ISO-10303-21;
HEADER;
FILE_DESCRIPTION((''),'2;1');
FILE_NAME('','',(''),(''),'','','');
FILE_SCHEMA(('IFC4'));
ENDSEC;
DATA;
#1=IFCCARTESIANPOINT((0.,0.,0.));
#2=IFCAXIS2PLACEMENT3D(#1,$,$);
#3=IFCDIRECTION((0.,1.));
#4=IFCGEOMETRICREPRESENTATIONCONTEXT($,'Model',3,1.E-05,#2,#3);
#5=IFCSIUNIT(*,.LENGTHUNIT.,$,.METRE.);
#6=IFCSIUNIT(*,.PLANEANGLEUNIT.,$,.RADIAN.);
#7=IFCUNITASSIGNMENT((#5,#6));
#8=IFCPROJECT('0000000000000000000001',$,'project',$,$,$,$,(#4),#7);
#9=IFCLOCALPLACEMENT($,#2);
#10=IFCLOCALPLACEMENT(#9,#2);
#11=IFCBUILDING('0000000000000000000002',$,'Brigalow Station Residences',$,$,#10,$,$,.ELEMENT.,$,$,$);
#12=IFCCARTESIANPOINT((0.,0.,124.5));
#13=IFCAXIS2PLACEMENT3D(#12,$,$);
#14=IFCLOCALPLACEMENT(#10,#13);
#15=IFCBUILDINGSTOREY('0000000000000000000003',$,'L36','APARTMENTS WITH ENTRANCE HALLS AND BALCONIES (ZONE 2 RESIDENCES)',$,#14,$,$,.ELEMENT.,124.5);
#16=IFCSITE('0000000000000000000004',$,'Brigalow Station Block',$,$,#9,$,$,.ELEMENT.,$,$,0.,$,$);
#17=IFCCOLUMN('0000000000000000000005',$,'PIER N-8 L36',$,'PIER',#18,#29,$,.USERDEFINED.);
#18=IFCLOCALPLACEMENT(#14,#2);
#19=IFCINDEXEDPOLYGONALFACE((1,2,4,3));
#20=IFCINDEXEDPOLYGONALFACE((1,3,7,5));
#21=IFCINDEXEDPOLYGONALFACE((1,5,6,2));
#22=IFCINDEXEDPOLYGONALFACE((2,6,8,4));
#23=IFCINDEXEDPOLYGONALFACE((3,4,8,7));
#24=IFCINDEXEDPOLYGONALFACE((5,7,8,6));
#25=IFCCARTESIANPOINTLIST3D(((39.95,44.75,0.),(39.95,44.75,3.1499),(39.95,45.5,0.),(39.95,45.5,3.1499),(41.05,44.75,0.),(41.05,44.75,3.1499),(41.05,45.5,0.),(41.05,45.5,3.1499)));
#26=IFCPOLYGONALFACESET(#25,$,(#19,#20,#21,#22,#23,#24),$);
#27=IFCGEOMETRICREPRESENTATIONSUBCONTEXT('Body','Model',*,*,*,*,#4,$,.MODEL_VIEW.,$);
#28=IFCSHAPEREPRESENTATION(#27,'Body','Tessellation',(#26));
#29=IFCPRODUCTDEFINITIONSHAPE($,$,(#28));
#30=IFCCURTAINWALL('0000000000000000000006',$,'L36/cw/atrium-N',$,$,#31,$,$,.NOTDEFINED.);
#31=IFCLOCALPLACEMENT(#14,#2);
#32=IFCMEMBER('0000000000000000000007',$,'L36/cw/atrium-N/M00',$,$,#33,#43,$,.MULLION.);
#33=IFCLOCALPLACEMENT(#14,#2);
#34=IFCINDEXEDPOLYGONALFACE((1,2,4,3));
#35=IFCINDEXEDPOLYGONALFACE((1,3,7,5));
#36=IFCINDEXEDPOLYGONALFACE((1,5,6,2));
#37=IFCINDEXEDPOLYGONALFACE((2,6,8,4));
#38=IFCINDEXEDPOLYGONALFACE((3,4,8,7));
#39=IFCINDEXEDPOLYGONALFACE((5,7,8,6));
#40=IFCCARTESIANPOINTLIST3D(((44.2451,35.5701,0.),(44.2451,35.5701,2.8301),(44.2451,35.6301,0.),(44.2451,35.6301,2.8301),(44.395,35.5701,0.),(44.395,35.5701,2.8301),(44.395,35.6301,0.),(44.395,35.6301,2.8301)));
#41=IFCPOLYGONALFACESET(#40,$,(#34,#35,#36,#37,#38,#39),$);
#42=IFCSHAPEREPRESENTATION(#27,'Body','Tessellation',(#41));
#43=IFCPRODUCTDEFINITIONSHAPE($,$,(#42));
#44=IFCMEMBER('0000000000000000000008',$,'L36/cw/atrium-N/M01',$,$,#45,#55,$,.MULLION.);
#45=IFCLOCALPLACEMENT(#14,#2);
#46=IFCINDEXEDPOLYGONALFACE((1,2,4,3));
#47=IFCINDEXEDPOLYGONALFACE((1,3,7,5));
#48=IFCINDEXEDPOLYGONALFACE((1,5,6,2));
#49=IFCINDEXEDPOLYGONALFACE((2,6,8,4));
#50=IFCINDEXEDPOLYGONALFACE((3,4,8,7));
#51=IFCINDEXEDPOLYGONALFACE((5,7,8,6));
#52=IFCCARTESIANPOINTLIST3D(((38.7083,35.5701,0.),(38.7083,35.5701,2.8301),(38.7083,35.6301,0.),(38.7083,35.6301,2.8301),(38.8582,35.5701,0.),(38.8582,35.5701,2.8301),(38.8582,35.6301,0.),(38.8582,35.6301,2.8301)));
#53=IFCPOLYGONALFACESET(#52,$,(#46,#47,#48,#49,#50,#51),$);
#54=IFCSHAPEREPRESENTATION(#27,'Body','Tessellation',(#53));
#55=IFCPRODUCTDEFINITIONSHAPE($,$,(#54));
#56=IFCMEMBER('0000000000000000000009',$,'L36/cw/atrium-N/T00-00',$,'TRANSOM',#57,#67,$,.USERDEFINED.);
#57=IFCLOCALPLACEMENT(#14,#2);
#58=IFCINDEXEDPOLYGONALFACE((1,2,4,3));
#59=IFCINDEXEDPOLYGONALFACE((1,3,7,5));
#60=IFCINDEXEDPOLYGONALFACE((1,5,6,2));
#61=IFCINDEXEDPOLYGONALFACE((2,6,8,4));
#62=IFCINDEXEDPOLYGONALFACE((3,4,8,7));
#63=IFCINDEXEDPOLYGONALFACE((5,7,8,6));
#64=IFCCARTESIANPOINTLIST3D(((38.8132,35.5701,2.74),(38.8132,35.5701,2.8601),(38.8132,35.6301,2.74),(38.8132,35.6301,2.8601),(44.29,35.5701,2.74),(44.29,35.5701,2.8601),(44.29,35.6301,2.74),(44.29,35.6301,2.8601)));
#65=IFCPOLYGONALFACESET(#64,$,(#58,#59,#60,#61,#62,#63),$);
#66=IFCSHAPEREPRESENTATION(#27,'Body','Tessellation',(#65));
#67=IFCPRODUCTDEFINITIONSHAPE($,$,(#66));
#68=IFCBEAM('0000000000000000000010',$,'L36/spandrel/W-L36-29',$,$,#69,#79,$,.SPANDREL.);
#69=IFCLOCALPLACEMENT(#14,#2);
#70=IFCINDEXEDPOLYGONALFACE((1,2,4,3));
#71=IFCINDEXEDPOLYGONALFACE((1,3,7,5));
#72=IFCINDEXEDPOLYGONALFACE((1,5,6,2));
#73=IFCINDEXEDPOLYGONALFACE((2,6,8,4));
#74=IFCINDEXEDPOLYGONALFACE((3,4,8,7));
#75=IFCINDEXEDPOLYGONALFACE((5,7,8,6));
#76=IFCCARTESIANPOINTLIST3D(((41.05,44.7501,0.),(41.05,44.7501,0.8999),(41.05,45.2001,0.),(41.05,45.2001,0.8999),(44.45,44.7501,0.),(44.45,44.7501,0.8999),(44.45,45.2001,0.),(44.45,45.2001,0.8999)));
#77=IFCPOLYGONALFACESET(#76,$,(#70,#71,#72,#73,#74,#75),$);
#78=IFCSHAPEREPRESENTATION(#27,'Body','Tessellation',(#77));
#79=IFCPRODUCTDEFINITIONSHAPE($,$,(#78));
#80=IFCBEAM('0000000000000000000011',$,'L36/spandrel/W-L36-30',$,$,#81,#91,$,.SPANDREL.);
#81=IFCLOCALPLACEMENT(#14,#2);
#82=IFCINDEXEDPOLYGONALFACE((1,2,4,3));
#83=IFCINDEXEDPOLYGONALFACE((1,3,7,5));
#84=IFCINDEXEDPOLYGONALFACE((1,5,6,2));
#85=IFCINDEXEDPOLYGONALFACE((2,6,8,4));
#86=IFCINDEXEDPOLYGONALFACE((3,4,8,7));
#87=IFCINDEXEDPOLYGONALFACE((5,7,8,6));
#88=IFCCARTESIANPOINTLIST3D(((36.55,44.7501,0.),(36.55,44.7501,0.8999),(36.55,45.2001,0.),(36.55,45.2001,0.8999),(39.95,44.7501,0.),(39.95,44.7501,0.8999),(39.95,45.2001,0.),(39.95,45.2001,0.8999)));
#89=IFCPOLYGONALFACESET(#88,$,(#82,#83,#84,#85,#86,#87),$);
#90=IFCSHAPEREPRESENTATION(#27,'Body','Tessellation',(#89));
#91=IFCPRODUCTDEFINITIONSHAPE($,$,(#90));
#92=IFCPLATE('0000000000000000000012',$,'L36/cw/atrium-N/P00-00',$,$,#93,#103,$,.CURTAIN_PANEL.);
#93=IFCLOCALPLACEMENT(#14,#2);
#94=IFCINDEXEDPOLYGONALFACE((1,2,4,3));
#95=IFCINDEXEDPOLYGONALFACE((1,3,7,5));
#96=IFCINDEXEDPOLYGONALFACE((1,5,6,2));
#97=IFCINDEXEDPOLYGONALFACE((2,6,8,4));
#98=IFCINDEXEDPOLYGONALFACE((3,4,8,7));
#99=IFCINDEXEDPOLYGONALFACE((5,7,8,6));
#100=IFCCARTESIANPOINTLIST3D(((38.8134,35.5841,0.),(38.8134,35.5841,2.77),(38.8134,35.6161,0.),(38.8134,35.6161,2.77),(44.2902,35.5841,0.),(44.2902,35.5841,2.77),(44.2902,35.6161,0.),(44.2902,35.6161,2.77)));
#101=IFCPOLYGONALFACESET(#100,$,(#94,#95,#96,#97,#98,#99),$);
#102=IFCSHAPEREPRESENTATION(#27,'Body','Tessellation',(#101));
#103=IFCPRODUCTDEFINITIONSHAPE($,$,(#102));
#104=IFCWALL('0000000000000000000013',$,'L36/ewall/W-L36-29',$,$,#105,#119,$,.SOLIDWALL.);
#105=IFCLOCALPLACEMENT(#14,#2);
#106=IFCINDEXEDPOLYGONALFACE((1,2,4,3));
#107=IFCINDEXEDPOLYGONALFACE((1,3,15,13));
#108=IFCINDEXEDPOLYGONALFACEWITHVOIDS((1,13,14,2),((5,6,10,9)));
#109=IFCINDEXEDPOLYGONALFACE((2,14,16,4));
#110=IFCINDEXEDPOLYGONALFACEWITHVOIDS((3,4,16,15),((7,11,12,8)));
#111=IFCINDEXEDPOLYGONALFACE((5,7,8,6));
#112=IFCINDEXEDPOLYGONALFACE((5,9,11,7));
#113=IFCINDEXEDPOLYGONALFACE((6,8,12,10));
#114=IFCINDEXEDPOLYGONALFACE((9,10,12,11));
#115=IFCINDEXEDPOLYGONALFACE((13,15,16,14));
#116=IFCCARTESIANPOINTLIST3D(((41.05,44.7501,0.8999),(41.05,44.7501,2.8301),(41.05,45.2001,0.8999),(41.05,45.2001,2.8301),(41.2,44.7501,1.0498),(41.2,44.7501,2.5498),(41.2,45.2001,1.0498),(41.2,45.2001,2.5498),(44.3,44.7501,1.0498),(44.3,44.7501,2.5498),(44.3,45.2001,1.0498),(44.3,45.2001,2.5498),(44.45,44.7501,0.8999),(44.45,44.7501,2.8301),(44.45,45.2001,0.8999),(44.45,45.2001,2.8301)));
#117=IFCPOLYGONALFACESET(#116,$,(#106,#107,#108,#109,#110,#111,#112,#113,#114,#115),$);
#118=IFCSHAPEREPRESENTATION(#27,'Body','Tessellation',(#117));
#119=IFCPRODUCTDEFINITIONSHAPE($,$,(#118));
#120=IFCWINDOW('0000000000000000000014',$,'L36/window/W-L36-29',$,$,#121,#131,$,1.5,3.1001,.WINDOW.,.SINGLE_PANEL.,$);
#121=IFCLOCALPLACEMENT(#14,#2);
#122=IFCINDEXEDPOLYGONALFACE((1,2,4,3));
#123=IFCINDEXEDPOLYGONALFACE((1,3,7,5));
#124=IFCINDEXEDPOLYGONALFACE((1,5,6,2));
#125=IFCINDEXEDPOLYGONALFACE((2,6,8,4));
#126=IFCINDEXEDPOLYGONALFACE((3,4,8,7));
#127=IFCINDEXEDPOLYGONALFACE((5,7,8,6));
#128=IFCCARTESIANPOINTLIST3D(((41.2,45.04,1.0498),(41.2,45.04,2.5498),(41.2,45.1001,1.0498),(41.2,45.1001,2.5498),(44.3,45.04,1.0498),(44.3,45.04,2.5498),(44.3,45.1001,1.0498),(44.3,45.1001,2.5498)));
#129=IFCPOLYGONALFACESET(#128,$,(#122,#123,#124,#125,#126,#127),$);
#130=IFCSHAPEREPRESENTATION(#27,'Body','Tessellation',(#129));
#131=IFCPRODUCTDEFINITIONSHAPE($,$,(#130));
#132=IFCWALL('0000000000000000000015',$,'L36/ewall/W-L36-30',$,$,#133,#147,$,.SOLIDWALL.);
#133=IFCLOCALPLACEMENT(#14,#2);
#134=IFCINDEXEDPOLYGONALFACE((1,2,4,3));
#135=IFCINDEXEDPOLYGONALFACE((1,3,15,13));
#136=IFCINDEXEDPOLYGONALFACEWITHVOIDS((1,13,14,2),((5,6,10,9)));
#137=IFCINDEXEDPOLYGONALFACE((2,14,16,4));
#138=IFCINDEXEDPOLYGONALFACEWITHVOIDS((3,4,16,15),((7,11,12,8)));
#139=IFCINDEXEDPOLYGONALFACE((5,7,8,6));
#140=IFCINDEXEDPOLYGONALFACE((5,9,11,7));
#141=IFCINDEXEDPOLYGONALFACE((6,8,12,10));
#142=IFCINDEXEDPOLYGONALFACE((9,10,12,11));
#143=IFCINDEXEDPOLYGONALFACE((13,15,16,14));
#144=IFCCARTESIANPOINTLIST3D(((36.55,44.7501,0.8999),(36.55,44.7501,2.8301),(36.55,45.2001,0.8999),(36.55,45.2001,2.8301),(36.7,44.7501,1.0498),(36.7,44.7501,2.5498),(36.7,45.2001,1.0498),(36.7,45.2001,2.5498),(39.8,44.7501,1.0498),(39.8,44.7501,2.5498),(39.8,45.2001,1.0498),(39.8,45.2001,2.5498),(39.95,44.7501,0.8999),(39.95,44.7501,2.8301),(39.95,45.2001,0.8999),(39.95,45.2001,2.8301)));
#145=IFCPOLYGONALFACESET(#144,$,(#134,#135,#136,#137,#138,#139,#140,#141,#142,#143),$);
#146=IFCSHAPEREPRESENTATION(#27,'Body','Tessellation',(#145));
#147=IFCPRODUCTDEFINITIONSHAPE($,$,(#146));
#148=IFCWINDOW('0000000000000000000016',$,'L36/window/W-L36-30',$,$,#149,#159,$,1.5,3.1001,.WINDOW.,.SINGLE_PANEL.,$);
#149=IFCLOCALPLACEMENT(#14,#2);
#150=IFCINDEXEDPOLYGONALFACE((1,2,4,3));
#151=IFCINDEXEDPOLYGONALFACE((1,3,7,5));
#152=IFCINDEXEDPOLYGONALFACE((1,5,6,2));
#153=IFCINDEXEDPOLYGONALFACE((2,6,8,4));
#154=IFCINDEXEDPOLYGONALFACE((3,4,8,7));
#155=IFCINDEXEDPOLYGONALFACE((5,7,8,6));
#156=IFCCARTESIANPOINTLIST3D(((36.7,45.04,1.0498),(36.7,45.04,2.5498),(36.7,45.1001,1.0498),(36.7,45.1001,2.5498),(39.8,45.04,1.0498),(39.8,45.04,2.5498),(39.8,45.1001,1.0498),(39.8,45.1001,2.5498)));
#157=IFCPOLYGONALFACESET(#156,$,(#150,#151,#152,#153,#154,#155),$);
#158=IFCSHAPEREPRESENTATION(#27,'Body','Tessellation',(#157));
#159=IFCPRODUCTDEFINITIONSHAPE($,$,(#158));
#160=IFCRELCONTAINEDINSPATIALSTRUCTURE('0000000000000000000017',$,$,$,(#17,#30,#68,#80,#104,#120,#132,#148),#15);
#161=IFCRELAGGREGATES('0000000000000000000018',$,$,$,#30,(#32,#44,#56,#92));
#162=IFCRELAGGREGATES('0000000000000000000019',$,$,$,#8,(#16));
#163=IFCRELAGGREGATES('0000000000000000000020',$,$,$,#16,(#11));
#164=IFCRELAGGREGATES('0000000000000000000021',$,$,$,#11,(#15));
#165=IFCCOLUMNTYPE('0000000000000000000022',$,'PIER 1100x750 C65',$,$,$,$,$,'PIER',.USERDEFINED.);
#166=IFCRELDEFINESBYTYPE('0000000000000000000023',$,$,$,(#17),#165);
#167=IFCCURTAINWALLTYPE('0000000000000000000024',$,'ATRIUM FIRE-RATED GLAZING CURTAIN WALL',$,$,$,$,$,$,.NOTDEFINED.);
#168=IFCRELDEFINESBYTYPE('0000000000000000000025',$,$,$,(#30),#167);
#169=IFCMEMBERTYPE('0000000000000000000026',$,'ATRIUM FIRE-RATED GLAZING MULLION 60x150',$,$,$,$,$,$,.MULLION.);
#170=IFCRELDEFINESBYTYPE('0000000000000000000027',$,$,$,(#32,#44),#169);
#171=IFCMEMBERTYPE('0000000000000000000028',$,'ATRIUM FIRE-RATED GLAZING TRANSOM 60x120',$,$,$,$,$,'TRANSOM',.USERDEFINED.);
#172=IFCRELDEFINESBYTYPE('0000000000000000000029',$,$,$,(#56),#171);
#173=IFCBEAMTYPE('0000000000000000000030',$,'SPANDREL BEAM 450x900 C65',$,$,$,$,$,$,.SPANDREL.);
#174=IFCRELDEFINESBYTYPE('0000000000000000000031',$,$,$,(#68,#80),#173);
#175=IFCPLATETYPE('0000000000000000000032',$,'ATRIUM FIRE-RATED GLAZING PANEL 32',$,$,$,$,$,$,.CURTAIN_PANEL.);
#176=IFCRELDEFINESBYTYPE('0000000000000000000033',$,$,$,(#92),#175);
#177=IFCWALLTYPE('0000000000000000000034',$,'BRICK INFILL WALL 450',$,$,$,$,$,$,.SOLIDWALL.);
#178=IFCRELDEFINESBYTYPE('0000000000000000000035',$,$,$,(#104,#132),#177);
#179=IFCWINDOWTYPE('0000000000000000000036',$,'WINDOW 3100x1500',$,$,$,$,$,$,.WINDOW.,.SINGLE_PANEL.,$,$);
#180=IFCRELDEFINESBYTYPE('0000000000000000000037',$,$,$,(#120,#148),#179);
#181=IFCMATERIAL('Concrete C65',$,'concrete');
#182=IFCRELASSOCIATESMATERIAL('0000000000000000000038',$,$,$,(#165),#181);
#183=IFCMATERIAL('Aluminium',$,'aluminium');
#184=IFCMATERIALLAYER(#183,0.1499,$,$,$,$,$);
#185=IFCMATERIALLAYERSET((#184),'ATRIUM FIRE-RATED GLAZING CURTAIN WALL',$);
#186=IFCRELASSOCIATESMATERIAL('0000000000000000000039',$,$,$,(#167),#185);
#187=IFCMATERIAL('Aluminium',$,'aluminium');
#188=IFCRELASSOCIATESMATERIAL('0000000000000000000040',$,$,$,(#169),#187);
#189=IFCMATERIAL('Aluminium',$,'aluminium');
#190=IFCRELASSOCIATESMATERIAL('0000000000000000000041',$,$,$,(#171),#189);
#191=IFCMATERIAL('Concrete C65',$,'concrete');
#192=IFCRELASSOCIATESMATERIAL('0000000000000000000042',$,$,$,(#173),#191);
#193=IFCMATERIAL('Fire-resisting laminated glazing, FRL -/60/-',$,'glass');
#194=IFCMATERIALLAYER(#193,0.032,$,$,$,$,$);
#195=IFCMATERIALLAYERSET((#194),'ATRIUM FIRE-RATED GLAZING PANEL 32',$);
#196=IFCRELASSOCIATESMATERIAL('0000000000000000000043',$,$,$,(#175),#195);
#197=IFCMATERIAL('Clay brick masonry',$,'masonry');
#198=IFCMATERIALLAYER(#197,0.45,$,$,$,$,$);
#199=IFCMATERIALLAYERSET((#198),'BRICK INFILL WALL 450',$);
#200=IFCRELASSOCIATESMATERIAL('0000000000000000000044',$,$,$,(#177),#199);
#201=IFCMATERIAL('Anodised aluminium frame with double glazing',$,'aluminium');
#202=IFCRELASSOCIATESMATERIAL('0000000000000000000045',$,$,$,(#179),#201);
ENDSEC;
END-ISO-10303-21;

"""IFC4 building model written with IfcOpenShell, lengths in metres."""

from ifc_helpers import new_model, si_unit, direction, frame, frame_2d, origin, origin_2d, place, context, subcontext, project, spatial, rectangle, extrude, material, layer, layer_set, material_profile, profile_set, type_object, element, fill, aggregate, save


model = new_model("IFC4")

# Units and contexts
model_context = context("Model", 3, precision=1e-05, world=origin(), true_north=direction((0.0, 1.0)))
body_context = subcontext(model_context, "Body", "Model", "MODEL_VIEW")
ifc_project = project(units=[si_unit("LENGTHUNIT", "METRE"), si_unit("PLANEANGLEUNIT", "RADIAN")], contexts=[model_context])

# Site, building, storey
site_placement = place(None, origin())
site = spatial("IfcSite", under=ifc_project, at=site_placement, Name="Brigalow Station Block", CompositionType="ELEMENT", RefElevation=0.0)
building_placement = place(site_placement, origin())
building = spatial("IfcBuilding", under=site, at=building_placement, Name="Brigalow Station Residences", CompositionType="ELEMENT")
storey_placement = place(building_placement, frame((0.0, 0.0, 124.5)))
storey = spatial("IfcBuildingStorey", under=building, at=storey_placement, Name="L36", Description="APARTMENTS WITH ENTRANCE HALLS AND BALCONIES (ZONE 2 RESIDENCES)", CompositionType="ELEMENT", Elevation=124.5)

# Column
ifc_material_1 = material(Name="Concrete C65", Category="concrete")
ifc_material_profile_1 = material_profile(ifc_material_1, rectangle(XDim=1.1001, YDim=0.75, at=origin_2d()), Name="RC1100x750")
ifc_profile_set_1 = profile_set([ifc_material_profile_1], Name="Concrete C65")
column_type = type_object("IfcColumnType", Name="PIER 1100x750 C65", ElementType="PIER", PredefinedType="USERDEFINED", material=ifc_profile_set_1)
column_placement = place(storey_placement, frame((40.5, 45.125, 0.0), z_axis=(0.0, 0.0, 1.0), x_axis=(-1.0, 0.0, 0.0)))
element("IfcColumn", 1, at=column_placement, inside=storey, type_object=column_type, Name="PIER N-8 L36", ObjectType="PIER", PredefinedType="USERDEFINED", context=body_context, shape_type="SweptSolid", body=[
    extrude(rectangle(XDim=1.1001, YDim=0.75, at=origin_2d()), origin(), (0.0, 0.0, 1.0), 3.1499),
])

# Curtain wall, members
ifc_material_2 = material(Name="Aluminium", Category="aluminium")
ifc_layer_1 = layer(ifc_material_2, 0.1499)
ifc_layer_set_1 = layer_set([ifc_layer_1], Name="ATRIUM FIRE-RATED GLAZING CURTAIN WALL")
curtain_wall_type = type_object("IfcCurtainWallType", Name="ATRIUM FIRE-RATED GLAZING CURTAIN WALL", PredefinedType="NOTDEFINED", material=ifc_layer_set_1)
curtain_wall_placement = place(storey_placement, origin())
curtain_wall = element("IfcCurtainWall", 2, at=curtain_wall_placement, inside=storey, type_object=curtain_wall_type, Name="L36/cw/atrium-N", PredefinedType="NOTDEFINED")
ifc_material_3 = material(Name="Aluminium", Category="aluminium")
ifc_material_profile_2 = material_profile(ifc_material_3, rectangle(XDim=0.0601, YDim=0.1499, at=origin_2d()), Name="ATRIUM FIRE-RATED GLAZING MULLION 60x150")
ifc_profile_set_2 = profile_set([ifc_material_profile_2], Name="Aluminium")
member_type_1 = type_object("IfcMemberType", Name="ATRIUM FIRE-RATED GLAZING MULLION 60x150", PredefinedType="MULLION", material=ifc_profile_set_2)
member_1_placement = place(storey_placement, frame((44.3201, 35.6001, 0.0), z_axis=(0.0, 0.0, 1.0), x_axis=(0.0, -1.0, 0.0)))
member_1 = element("IfcMember", 3, at=member_1_placement, type_object=member_type_1, Name="L36/cw/atrium-N/M00", PredefinedType="MULLION", context=body_context, shape_type="SweptSolid", body=[
    extrude(rectangle(XDim=0.0601, YDim=0.1499, at=origin_2d()), origin(), (0.0, 0.0, 1.0), 2.8301),
])
member_2_placement = place(storey_placement, frame((38.7832, 35.6001, 0.0), z_axis=(0.0, 0.0, 1.0), x_axis=(0.0, -1.0, 0.0)))
member_2 = element("IfcMember", 4, at=member_2_placement, type_object=member_type_1, Name="L36/cw/atrium-N/M01", PredefinedType="MULLION", context=body_context, shape_type="SweptSolid", body=[
    extrude(rectangle(XDim=0.0601, YDim=0.1499, at=origin_2d()), origin(), (0.0, 0.0, 1.0), 2.8301),
])
ifc_material_4 = material(Name="Aluminium", Category="aluminium")
ifc_material_profile_3 = material_profile(ifc_material_4, rectangle(XDim=0.0601, YDim=0.1201, at=origin_2d()), Name="ATRIUM FIRE-RATED GLAZING TRANSOM 60x120")
ifc_profile_set_3 = profile_set([ifc_material_profile_3], Name="Aluminium")
member_type_2 = type_object("IfcMemberType", Name="ATRIUM FIRE-RATED GLAZING TRANSOM 60x120", ElementType="TRANSOM", PredefinedType="USERDEFINED", material=ifc_profile_set_3)
member_3_placement = place(storey_placement, frame((44.29, 35.6001, 2.8), z_axis=(-1.0, 0.0, 0.0), x_axis=(0.0, -1.0, 0.0)))
member_3 = element("IfcMember", 5, at=member_3_placement, type_object=member_type_2, Name="L36/cw/atrium-N/T00-00", ObjectType="TRANSOM", PredefinedType="USERDEFINED", context=body_context, shape_type="SweptSolid", body=[
    extrude(rectangle(XDim=0.0601, YDim=0.1201, at=origin_2d()), origin(), (0.0, 0.0, 1.0), 5.4768),
])

# Beams
ifc_material_5 = material(Name="Concrete C65", Category="concrete")
ifc_material_profile_4 = material_profile(ifc_material_5, rectangle(XDim=0.45, YDim=0.8999, at=origin_2d()), Name="RC450x900")
ifc_profile_set_4 = profile_set([ifc_material_profile_4], Name="Concrete C65")
beam_type = type_object("IfcBeamType", Name="SPANDREL BEAM 450x900 C65", PredefinedType="SPANDREL", material=ifc_profile_set_4)
for number, where, z_axis, x_axis, name in (
    (6, (44.45, 44.9751, 0.45), (-1.0, 0.0, 0.0), (0.0, -1.0, 0.0), "L36/spandrel/W-L36-29"),
    (7, (39.95, 44.9751, 0.45), (-1.0, 0.0, 0.0), (0.0, -1.0, 0.0), "L36/spandrel/W-L36-30"),
):
    element("IfcBeam", number, at=place(storey_placement, frame(where, z_axis=z_axis, x_axis=x_axis)), inside=storey, type_object=beam_type, Name=name, PredefinedType="SPANDREL", context=body_context, shape_type="SweptSolid", body=[
        extrude(rectangle(XDim=0.45, YDim=0.8999, at=origin_2d()), origin(), (0.0, 0.0, 1.0), 3.3999),
    ])

# Plate
ifc_material_6 = material(Name="Fire-resisting laminated glazing, FRL -/60/-", Category="glass")
ifc_layer_2 = layer(ifc_material_6, 0.032)
ifc_layer_set_2 = layer_set([ifc_layer_2], Name="ATRIUM FIRE-RATED GLAZING PANEL 32")
plate_type = type_object("IfcPlateType", Name="ATRIUM FIRE-RATED GLAZING PANEL 32", PredefinedType="CURTAIN_PANEL", material=ifc_layer_set_2)
plate_placement = place(storey_placement, frame((41.5518, 35.6001, 0.0), z_axis=(0.0, 0.0, 1.0), x_axis=(-1.0, 0.0, 0.0)))
plate = element("IfcPlate", 8, at=plate_placement, type_object=plate_type, Name="L36/cw/atrium-N/P00-00", PredefinedType="CURTAIN_PANEL", context=body_context, shape_type="SweptSolid", body=[
    extrude(rectangle(XDim=5.4768, YDim=0.032, at=origin_2d()), origin(), (0.0, 0.0, 1.0), 2.77),
])
aggregate(curtain_wall, [member_1, member_2, member_3, plate])

# Walls, openings, windows
ifc_material_7 = material(Name="Clay brick masonry", Category="masonry")
ifc_layer_3 = layer(ifc_material_7, 0.45)
ifc_layer_set_3 = layer_set([ifc_layer_3], Name="BRICK INFILL WALL 450")
wall_type_1 = type_object("IfcWallType", Name="BRICK INFILL WALL 450", PredefinedType="SOLIDWALL", material=ifc_layer_set_3)
wall_1_placement = place(storey_placement, frame((44.45, 44.9751, 0.8999), z_axis=(0.0, 0.0, 1.0), x_axis=(-1.0, 0.0, 0.0)))
wall_1 = element("IfcWall", 9, at=wall_1_placement, inside=storey, type_object=wall_type_1, Name="L36/ewall/W-L36-29", PredefinedType="SOLIDWALL", context=body_context, shape_type="SweptSolid", body=[
    extrude(rectangle(XDim=3.3999, YDim=0.45, at=frame_2d((1.7, 0.0))), origin(), (0.0, 0.0, 1.0), 1.9302),
])
opening_1_placement = place(wall_1_placement, frame((0.1499, 0.0, 0.1499)))
opening_1 = element("IfcOpeningElement", 10, at=opening_1_placement, cuts=wall_1, PredefinedType="OPENING", context=body_context, shape_type="SweptSolid", body=[
    extrude(rectangle(XDim=3.1001, YDim=1.5, at=frame_2d((1.55, 0.75))), frame((0.0, 0.2349, 0.0), z_axis=(0.0, -1.0, 0.0), x_axis=(1.0, 0.0, 0.0)), (0.0, 0.0, 1.0), 0.47),
])
ifc_material_8 = material(Name="Anodised aluminium frame with double glazing", Category="aluminium")
window_type = type_object("IfcWindowType", Name="WINDOW 3100x1500", PartitioningType="SINGLE_PANEL", PredefinedType="WINDOW", material=ifc_material_8)
window_1_placement = place(opening_1_placement, origin())
window_1 = element("IfcWindow", 11, at=window_1_placement, inside=storey, type_object=window_type, Name="L36/window/W-L36-29", OverallHeight=1.5, OverallWidth=3.1001, PartitioningType="SINGLE_PANEL", PredefinedType="WINDOW", context=body_context, shape_type="SweptSolid", body=[
    extrude(rectangle(XDim=3.1001, YDim=1.5, at=frame_2d((1.55, 0.75))), frame((0.0, -0.0649, 0.0), z_axis=(0.0, -1.0, 0.0), x_axis=(1.0, 0.0, 0.0)), (0.0, 0.0, 1.0), 0.0601),
])
fill(opening_1, window_1)
wall_2_placement = place(storey_placement, frame((39.95, 44.9751, 0.8999), z_axis=(0.0, 0.0, 1.0), x_axis=(-1.0, 0.0, 0.0)))
wall_2 = element("IfcWall", 12, at=wall_2_placement, inside=storey, type_object=wall_type_1, Name="L36/ewall/W-L36-30", PredefinedType="SOLIDWALL", context=body_context, shape_type="SweptSolid", body=[
    extrude(rectangle(XDim=3.3999, YDim=0.45, at=frame_2d((1.7, 0.0))), origin(), (0.0, 0.0, 1.0), 1.9302),
])
opening_2_placement = place(wall_2_placement, frame((0.1499, 0.0, 0.1499)))
opening_2 = element("IfcOpeningElement", 13, at=opening_2_placement, cuts=wall_2, PredefinedType="OPENING", context=body_context, shape_type="SweptSolid", body=[
    extrude(rectangle(XDim=3.1001, YDim=1.5, at=frame_2d((1.55, 0.75))), frame((0.0, 0.2349, 0.0), z_axis=(0.0, -1.0, 0.0), x_axis=(1.0, 0.0, 0.0)), (0.0, 0.0, 1.0), 0.47),
])
window_2_placement = place(opening_2_placement, origin())
window_2 = element("IfcWindow", 14, at=window_2_placement, inside=storey, type_object=window_type, Name="L36/window/W-L36-30", OverallHeight=1.5, OverallWidth=3.1001, PartitioningType="SINGLE_PANEL", PredefinedType="WINDOW", context=body_context, shape_type="SweptSolid", body=[
    extrude(rectangle(XDim=3.1001, YDim=1.5, at=frame_2d((1.55, 0.75))), frame((0.0, -0.0649, 0.0), z_axis=(0.0, -1.0, 0.0), x_axis=(1.0, 0.0, 0.0)), (0.0, 0.0, 1.0), 0.0601),
])
fill(opening_2, window_2)

save(model, "model.ifc")
